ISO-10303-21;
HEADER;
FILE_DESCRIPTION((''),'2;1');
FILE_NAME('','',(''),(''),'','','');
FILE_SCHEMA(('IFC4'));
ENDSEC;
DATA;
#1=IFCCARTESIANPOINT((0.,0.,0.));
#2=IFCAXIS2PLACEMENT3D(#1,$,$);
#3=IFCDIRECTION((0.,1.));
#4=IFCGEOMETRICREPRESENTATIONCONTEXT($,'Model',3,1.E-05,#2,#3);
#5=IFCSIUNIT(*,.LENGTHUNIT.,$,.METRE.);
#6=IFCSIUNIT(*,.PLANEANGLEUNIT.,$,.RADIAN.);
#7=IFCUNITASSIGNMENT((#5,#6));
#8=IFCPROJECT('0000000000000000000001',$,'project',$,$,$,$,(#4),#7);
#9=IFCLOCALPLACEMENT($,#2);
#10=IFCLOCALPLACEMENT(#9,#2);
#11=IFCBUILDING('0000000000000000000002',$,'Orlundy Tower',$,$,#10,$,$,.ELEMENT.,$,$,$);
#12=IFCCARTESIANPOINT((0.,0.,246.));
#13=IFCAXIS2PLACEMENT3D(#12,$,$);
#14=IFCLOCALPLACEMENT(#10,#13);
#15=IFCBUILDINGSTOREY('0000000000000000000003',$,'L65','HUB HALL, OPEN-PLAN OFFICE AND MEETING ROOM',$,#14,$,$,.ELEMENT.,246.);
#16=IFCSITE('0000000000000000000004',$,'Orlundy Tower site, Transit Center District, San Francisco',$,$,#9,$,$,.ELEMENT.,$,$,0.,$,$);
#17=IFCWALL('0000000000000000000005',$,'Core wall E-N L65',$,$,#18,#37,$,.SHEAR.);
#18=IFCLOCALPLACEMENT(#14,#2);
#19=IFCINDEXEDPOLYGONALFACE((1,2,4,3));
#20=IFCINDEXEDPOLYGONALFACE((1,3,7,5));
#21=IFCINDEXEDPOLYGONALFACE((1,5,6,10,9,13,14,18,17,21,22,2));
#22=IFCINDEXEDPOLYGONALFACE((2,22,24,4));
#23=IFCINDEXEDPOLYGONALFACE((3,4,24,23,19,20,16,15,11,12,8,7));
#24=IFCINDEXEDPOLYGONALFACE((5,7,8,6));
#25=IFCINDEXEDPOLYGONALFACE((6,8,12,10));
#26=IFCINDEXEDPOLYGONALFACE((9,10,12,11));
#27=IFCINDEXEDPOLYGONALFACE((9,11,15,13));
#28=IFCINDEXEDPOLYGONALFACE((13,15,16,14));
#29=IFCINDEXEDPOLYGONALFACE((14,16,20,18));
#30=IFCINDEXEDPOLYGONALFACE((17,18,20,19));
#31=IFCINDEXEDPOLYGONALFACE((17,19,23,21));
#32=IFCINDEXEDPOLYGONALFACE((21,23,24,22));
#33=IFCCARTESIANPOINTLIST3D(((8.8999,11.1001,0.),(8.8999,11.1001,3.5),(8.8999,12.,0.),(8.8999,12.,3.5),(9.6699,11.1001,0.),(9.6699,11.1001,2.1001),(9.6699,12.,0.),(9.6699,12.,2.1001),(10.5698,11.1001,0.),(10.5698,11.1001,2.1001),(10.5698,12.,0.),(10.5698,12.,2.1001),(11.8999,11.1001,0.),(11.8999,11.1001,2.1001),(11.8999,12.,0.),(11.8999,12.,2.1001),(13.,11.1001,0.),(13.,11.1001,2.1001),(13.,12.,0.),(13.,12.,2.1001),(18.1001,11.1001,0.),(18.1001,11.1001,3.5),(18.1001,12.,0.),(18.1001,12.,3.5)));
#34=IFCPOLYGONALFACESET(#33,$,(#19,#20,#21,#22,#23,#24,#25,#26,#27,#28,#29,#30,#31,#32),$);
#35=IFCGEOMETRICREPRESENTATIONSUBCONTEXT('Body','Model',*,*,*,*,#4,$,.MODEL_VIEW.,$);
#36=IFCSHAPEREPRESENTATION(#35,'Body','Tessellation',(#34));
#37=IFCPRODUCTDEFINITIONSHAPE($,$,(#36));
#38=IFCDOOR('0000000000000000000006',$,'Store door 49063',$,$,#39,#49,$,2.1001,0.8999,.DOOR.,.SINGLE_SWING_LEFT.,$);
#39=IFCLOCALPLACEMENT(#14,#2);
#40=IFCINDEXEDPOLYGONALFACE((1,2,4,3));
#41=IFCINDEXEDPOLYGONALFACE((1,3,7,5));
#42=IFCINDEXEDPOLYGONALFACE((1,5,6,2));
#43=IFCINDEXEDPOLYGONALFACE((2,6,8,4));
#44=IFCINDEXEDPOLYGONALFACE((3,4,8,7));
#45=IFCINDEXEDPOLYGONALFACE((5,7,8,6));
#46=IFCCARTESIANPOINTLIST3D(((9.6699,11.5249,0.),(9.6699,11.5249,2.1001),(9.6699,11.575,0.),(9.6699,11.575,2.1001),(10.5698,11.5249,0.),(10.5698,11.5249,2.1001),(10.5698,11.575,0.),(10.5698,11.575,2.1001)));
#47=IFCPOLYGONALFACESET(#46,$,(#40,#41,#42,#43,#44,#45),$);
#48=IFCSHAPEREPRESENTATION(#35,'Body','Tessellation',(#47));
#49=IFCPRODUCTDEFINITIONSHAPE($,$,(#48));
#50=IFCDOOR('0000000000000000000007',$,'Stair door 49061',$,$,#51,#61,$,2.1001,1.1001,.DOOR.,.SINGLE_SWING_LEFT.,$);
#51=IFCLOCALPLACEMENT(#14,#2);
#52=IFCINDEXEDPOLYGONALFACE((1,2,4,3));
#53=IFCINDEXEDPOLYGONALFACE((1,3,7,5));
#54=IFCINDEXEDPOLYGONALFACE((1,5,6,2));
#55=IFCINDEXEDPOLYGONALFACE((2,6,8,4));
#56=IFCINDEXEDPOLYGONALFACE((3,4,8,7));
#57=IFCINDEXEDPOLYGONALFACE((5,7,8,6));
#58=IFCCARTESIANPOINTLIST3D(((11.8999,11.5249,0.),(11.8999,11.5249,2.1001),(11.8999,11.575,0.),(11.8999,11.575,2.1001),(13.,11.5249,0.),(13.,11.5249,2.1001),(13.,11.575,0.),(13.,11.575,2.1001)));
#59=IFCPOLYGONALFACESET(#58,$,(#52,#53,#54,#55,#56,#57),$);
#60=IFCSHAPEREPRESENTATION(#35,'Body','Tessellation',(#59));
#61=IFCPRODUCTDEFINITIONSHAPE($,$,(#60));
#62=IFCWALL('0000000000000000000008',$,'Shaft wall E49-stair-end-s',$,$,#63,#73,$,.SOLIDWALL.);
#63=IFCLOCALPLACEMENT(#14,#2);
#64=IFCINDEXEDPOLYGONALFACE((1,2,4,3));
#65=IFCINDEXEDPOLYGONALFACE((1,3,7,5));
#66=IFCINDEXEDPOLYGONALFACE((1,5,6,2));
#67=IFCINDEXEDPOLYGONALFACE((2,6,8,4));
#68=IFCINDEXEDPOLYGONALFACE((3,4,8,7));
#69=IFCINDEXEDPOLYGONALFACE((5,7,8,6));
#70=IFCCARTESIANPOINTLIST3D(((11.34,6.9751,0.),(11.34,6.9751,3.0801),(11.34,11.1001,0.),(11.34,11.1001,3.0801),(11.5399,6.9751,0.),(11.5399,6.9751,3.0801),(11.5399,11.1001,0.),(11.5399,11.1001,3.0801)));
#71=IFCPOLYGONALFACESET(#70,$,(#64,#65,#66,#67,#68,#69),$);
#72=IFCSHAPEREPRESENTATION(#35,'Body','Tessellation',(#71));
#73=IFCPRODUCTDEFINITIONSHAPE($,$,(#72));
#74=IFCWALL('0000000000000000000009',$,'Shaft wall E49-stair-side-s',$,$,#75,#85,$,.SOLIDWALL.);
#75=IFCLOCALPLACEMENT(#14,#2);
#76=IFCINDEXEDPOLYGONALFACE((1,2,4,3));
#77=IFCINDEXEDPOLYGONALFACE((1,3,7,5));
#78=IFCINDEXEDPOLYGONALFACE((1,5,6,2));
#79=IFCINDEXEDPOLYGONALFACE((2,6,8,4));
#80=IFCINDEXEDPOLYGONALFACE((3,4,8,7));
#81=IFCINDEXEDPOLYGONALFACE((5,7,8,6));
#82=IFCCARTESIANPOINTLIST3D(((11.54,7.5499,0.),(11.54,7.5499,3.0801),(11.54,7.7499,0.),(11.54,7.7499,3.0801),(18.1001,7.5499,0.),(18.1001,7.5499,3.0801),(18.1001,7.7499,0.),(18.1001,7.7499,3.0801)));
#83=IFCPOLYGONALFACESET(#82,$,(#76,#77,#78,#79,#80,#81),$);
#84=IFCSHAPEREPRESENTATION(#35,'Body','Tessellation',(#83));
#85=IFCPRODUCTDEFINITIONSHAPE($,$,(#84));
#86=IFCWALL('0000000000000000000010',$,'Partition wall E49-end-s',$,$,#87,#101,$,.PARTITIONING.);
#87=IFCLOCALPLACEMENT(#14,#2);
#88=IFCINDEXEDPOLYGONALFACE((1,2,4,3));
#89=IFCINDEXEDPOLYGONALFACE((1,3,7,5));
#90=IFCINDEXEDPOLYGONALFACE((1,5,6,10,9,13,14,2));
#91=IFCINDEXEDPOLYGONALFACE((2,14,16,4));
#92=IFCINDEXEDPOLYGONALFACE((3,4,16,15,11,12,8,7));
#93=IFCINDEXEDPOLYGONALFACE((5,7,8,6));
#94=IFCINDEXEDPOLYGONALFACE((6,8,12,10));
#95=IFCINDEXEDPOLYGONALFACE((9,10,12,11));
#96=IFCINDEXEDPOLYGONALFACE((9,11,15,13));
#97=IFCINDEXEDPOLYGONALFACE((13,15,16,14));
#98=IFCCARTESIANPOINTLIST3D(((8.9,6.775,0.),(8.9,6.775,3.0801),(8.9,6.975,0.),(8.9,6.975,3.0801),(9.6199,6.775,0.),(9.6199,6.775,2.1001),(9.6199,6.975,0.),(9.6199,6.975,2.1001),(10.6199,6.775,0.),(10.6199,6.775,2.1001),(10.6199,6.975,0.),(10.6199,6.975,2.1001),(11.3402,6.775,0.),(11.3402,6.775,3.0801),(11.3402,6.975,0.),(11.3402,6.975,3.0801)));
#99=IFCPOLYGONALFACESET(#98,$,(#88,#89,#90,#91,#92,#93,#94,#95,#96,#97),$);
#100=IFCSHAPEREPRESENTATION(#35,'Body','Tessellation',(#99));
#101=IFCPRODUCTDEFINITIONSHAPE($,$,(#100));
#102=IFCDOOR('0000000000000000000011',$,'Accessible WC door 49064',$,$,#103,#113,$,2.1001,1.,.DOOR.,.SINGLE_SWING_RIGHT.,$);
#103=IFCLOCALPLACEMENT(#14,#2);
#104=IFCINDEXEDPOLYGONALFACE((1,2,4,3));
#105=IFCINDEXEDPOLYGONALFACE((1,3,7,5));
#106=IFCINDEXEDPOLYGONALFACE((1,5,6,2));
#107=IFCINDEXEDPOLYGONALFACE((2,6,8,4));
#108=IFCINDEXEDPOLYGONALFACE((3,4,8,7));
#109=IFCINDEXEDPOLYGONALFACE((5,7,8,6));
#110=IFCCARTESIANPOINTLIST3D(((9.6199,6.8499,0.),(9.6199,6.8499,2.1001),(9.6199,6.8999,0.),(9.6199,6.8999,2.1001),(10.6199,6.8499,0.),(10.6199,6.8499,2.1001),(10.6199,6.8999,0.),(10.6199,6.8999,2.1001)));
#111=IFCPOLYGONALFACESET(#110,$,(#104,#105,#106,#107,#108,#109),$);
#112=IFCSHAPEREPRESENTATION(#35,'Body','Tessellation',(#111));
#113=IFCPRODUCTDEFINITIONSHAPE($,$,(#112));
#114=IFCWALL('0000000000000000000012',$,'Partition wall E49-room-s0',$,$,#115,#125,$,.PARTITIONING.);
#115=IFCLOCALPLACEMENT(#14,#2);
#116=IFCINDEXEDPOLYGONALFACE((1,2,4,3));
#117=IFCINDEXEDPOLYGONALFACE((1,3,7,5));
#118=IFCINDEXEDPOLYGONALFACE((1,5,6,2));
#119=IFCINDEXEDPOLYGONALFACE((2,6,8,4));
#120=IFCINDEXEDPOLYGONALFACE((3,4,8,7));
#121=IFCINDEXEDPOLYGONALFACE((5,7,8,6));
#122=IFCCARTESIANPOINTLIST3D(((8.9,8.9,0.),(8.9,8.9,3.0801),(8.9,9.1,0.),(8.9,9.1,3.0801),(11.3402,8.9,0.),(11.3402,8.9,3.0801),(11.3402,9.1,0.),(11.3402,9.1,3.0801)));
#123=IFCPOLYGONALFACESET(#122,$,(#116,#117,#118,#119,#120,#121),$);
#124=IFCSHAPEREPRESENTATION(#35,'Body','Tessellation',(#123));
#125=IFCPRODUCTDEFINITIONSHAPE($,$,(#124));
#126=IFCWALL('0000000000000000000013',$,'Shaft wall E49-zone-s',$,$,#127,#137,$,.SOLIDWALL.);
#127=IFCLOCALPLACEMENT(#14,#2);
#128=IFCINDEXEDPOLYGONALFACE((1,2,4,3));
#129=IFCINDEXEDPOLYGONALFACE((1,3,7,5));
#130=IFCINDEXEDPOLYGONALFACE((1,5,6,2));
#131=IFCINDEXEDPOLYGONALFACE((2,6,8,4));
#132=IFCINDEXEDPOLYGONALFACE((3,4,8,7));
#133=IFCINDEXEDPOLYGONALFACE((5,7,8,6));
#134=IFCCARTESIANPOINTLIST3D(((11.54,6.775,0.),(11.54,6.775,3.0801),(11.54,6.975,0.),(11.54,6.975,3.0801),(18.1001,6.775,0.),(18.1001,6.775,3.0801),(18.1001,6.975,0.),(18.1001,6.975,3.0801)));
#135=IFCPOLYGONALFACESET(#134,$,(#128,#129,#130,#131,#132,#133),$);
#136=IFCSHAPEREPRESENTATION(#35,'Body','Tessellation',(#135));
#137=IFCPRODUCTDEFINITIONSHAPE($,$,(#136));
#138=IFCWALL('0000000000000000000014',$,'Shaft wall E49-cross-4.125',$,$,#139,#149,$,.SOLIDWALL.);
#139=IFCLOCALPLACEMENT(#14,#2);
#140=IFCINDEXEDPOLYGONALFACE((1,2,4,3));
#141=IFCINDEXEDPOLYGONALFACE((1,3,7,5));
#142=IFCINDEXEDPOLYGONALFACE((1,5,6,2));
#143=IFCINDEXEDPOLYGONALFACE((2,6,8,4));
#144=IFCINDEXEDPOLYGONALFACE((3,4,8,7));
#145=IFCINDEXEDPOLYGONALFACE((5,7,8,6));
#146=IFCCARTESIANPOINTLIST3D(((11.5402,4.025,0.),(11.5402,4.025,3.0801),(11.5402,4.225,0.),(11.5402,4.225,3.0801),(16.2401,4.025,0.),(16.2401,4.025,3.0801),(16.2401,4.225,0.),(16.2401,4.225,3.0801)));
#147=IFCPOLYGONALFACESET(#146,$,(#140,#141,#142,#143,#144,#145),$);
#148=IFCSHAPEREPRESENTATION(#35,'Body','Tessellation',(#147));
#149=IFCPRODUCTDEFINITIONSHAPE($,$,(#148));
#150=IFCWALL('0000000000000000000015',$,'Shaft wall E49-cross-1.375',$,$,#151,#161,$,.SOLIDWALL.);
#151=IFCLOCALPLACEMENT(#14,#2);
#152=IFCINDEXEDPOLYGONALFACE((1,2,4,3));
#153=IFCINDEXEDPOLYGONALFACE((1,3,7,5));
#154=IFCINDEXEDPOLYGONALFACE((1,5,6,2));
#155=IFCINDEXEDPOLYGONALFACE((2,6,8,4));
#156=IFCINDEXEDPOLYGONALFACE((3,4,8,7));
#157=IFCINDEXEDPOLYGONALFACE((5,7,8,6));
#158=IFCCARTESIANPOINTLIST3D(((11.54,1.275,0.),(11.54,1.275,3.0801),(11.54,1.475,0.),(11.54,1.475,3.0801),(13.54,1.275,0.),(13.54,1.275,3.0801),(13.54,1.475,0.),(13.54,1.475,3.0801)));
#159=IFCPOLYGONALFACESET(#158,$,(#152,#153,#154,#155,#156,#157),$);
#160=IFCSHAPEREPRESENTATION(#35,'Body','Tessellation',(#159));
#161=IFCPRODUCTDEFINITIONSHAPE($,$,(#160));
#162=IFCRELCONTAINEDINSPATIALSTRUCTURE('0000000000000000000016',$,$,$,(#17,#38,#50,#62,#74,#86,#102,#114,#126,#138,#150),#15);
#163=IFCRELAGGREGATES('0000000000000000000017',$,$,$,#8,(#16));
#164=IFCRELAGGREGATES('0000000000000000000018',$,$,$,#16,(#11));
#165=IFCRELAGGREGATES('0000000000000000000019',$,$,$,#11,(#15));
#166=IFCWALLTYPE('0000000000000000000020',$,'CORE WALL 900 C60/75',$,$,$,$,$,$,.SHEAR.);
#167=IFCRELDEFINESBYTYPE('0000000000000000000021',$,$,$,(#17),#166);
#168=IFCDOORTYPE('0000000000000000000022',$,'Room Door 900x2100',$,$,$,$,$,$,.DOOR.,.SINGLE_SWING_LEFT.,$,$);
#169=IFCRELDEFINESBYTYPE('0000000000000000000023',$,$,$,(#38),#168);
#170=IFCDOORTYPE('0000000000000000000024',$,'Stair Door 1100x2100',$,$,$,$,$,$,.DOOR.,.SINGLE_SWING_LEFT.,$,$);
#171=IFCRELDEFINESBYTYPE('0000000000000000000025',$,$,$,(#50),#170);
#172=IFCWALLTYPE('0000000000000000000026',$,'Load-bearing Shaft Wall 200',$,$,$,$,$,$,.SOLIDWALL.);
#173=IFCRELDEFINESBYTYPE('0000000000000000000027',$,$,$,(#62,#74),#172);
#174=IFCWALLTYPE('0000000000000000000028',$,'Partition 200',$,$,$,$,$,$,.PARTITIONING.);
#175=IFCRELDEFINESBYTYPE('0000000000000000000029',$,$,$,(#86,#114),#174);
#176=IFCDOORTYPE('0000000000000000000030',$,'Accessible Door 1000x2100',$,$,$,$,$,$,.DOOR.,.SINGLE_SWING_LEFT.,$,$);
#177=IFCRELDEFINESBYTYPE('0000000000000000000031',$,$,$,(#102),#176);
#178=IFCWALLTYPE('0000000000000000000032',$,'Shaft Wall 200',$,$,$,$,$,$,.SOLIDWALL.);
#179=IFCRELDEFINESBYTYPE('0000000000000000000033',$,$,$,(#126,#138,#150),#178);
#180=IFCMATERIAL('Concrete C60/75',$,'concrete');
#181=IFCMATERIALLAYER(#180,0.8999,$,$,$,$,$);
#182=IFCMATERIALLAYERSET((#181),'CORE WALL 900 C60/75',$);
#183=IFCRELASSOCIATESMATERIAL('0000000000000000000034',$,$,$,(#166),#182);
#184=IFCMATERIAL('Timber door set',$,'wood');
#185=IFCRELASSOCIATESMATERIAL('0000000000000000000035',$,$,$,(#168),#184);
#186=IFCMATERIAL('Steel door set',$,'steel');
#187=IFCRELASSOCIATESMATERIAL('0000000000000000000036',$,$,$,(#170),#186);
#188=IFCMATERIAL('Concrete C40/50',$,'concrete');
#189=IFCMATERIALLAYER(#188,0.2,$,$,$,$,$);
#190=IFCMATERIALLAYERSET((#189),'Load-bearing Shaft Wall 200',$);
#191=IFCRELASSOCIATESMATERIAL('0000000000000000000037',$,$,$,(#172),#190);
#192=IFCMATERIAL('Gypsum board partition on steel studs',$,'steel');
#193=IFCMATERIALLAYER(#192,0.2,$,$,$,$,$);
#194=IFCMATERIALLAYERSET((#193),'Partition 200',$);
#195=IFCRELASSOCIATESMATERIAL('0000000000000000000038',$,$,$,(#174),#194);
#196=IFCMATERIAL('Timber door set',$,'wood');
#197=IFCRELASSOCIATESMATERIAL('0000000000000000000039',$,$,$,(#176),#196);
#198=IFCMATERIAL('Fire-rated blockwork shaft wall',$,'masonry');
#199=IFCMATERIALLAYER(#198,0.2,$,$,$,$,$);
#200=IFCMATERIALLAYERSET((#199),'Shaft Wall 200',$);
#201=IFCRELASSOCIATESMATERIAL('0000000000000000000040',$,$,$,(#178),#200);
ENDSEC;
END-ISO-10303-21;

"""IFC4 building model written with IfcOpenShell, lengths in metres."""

from ifc_helpers import new_model, si_unit, direction, frame, frame_2d, origin, place, context, subcontext, project, spatial, rectangle, extrude, material, layer, layer_set, type_object, element, fill, save


model = new_model("IFC4")

# Units and contexts
model_context = context("Model", 3, precision=1e-05, world=origin(), true_north=direction((0.0, 1.0)))
body_context = subcontext(model_context, "Body", "Model", "MODEL_VIEW")
ifc_project = project(units=[si_unit("LENGTHUNIT", "METRE"), si_unit("PLANEANGLEUNIT", "RADIAN")], contexts=[model_context])

# Site, building, storey
site_placement = place(None, origin())
site = spatial("IfcSite", under=ifc_project, at=site_placement, Name="Orlundy Tower site, Transit Center District, San Francisco", CompositionType="ELEMENT", RefElevation=0.0)
building_placement = place(site_placement, origin())
building = spatial("IfcBuilding", under=site, at=building_placement, Name="Orlundy Tower", CompositionType="ELEMENT")
storey_placement = place(building_placement, frame((0.0, 0.0, 246.0)))
storey = spatial("IfcBuildingStorey", under=building, at=storey_placement, Name="L65", Description="HUB HALL, OPEN-PLAN OFFICE AND MEETING ROOM", CompositionType="ELEMENT", Elevation=246.0)

# Wall, openings, doors
ifc_material_1 = material(Name="Concrete C60/75", Category="concrete")
ifc_layer_1 = layer(ifc_material_1, 0.8999)
ifc_layer_set_1 = layer_set([ifc_layer_1], Name="CORE WALL 900 C60/75")
wall_type_1 = type_object("IfcWallType", Name="CORE WALL 900 C60/75", PredefinedType="SHEAR", material=ifc_layer_set_1)
wall_1_placement = place(storey_placement, frame((8.8999, 11.55, 0.0), z_axis=(0.0, 0.0, 1.0), x_axis=(1.0, 0.0, 0.0)))
wall_1 = element("IfcWall", 1, at=wall_1_placement, inside=storey, type_object=wall_type_1, Name="Core wall E-N L65", PredefinedType="SHEAR", context=body_context, shape_type="SweptSolid", body=[
    extrude(rectangle(XDim=9.2002, YDim=0.8999, at=frame_2d((4.6001, 0.0))), origin(), (0.0, 0.0, 1.0), 3.5),
])
opening_1_placement = place(wall_1_placement, frame((3.0, 0.0, 0.0)))
opening_1 = element("IfcOpeningElement", 2, at=opening_1_placement, cuts=wall_1, PredefinedType="OPENING", context=body_context, shape_type="SweptSolid", body=[
    extrude(rectangle(XDim=1.1001, YDim=2.1001, at=frame_2d((0.55, 1.05))), frame((0.0, 0.46, 0.0), z_axis=(0.0, -1.0, 0.0), x_axis=(1.0, 0.0, 0.0)), (0.0, 0.0, 1.0), 0.9199),
])
opening_2_placement = place(wall_1_placement, frame((0.77, 0.0, 0.0)))
opening_2 = element("IfcOpeningElement", 3, at=opening_2_placement, cuts=wall_1, PredefinedType="OPENING", context=body_context, shape_type="SweptSolid", body=[
    extrude(rectangle(XDim=0.8999, YDim=2.1001, at=frame_2d((0.45, 1.05))), frame((0.0, 0.46, 0.0), z_axis=(0.0, -1.0, 0.0), x_axis=(1.0, 0.0, 0.0)), (0.0, 0.0, 1.0), 0.9199),
])
ifc_material_2 = material(Name="Timber door set", Category="wood")
door_type_1 = type_object("IfcDoorType", Name="Room Door 900x2100", OperationType="SINGLE_SWING_LEFT", PredefinedType="DOOR", material=ifc_material_2)
door_1_placement = place(opening_2_placement, origin())
door_1 = element("IfcDoor", 4, at=door_1_placement, inside=storey, type_object=door_type_1, Name="Store door 49063", OperationType="SINGLE_SWING_LEFT", OverallHeight=2.1001, OverallWidth=0.8999, PredefinedType="DOOR", context=body_context, shape_type="SweptSolid", body=[
    extrude(rectangle(XDim=0.8999, YDim=2.1001, at=frame_2d((0.45, 1.05))), frame((0.0, 0.0249, 0.0), z_axis=(0.0, -1.0, 0.0), x_axis=(1.0, 0.0, 0.0)), (0.0, 0.0, 1.0), 0.05),
])
fill(opening_2, door_1)
ifc_material_3 = material(Name="Steel door set", Category="steel")
door_type_2 = type_object("IfcDoorType", Name="Stair Door 1100x2100", OperationType="SINGLE_SWING_LEFT", PredefinedType="DOOR", material=ifc_material_3)
door_2_placement = place(opening_1_placement, origin())
door_2 = element("IfcDoor", 5, at=door_2_placement, inside=storey, type_object=door_type_2, Name="Stair door 49061", OperationType="SINGLE_SWING_LEFT", OverallHeight=2.1001, OverallWidth=1.1001, PredefinedType="DOOR", context=body_context, shape_type="SweptSolid", body=[
    extrude(rectangle(XDim=1.1001, YDim=2.1001, at=frame_2d((0.55, 1.05))), frame((0.0, 0.0249, 0.0), z_axis=(0.0, -1.0, 0.0), x_axis=(1.0, 0.0, 0.0)), (0.0, 0.0, 1.0), 0.05),
])
fill(opening_1, door_2)

# Walls
ifc_material_4 = material(Name="Concrete C40/50", Category="concrete")
ifc_layer_2 = layer(ifc_material_4, 0.2)
ifc_layer_set_2 = layer_set([ifc_layer_2], Name="Load-bearing Shaft Wall 200")
wall_type_2 = type_object("IfcWallType", Name="Load-bearing Shaft Wall 200", PredefinedType="SOLIDWALL", material=ifc_layer_set_2)
wall_2_placement = place(storey_placement, frame((11.4399, 11.1001, 0.0), z_axis=(0.0, 0.0, 1.0), x_axis=(0.0, -1.0, 0.0)))
element("IfcWall", 6, at=wall_2_placement, inside=storey, type_object=wall_type_2, Name="Shaft wall E49-stair-end-s", PredefinedType="SOLIDWALL", context=body_context, shape_type="SweptSolid", body=[
    extrude(rectangle(XDim=4.125, YDim=0.2, at=frame_2d((2.0625, 0.0))), origin(), (0.0, 0.0, 1.0), 3.0801),
])
wall_3_placement = place(storey_placement, frame((11.54, 7.6499, 0.0), z_axis=(0.0, 0.0, 1.0), x_axis=(1.0, 0.0, 0.0)))
element("IfcWall", 7, at=wall_3_placement, inside=storey, type_object=wall_type_2, Name="Shaft wall E49-stair-side-s", PredefinedType="SOLIDWALL", context=body_context, shape_type="SweptSolid", body=[
    extrude(rectangle(XDim=6.5601, YDim=0.2, at=frame_2d((3.28, 0.0))), origin(), (0.0, 0.0, 1.0), 3.0801),
])

# Wall, opening, door
ifc_material_5 = material(Name="Gypsum board partition on steel studs", Category="steel")
ifc_layer_3 = layer(ifc_material_5, 0.2)
ifc_layer_set_3 = layer_set([ifc_layer_3], Name="Partition 200")
wall_type_3 = type_object("IfcWallType", Name="Partition 200", PredefinedType="PARTITIONING", material=ifc_layer_set_3)
wall_4_placement = place(storey_placement, frame((8.8999, 6.875, 0.0), z_axis=(0.0, 0.0, 1.0), x_axis=(1.0, 0.0, 0.0)))
wall_4 = element("IfcWall", 8, at=wall_4_placement, inside=storey, type_object=wall_type_3, Name="Partition wall E49-end-s", PredefinedType="PARTITIONING", context=body_context, shape_type="SweptSolid", body=[
    extrude(rectangle(XDim=2.4402, YDim=0.2, at=frame_2d((1.2202, 0.0))), origin(), (0.0, 0.0, 1.0), 3.0801),
])
opening_3_placement = place(wall_4_placement, frame((0.72, 0.0, 0.0)))
opening_3 = element("IfcOpeningElement", 9, at=opening_3_placement, cuts=wall_4, PredefinedType="OPENING", context=body_context, shape_type="SweptSolid", body=[
    extrude(rectangle(XDim=1.0, YDim=2.1001, at=frame_2d((0.5, 1.05))), frame((0.0, 0.1101, 0.0), z_axis=(0.0, -1.0, 0.0), x_axis=(1.0, 0.0, 0.0)), (0.0, 0.0, 1.0), 0.2202),
])
ifc_material_6 = material(Name="Timber door set", Category="wood")
door_type_3 = type_object("IfcDoorType", Name="Accessible Door 1000x2100", OperationType="SINGLE_SWING_LEFT", PredefinedType="DOOR", material=ifc_material_6)
door_3_placement = place(opening_3_placement, origin())
door_3 = element("IfcDoor", 10, at=door_3_placement, inside=storey, type_object=door_type_3, Name="Accessible WC door 49064", OperationType="SINGLE_SWING_RIGHT", OverallHeight=2.1001, OverallWidth=1.0, PredefinedType="DOOR", context=body_context, shape_type="SweptSolid", body=[
    extrude(rectangle(XDim=1.0, YDim=2.1001, at=frame_2d((0.5, 1.05))), frame((0.0, 0.0249, 0.0), z_axis=(0.0, -1.0, 0.0), x_axis=(1.0, 0.0, 0.0)), (0.0, 0.0, 1.0), 0.05),
])
fill(opening_3, door_3)

# Walls
wall_5_placement = place(storey_placement, frame((8.8999, 9.0, 0.0), z_axis=(0.0, 0.0, 1.0), x_axis=(1.0, 0.0, 0.0)))
element("IfcWall", 11, at=wall_5_placement, inside=storey, type_object=wall_type_3, Name="Partition wall E49-room-s0", PredefinedType="PARTITIONING", context=body_context, shape_type="SweptSolid", body=[
    extrude(rectangle(XDim=2.4402, YDim=0.2, at=frame_2d((1.2202, 0.0))), origin(), (0.0, 0.0, 1.0), 3.0801),
])
ifc_material_7 = material(Name="Fire-rated blockwork shaft wall", Category="masonry")
ifc_layer_4 = layer(ifc_material_7, 0.2)
ifc_layer_set_4 = layer_set([ifc_layer_4], Name="Shaft Wall 200")
wall_type_4 = type_object("IfcWallType", Name="Shaft Wall 200", PredefinedType="SOLIDWALL", material=ifc_layer_set_4)
wall_6_placement = place(storey_placement, frame((11.54, 6.875, 0.0), z_axis=(0.0, 0.0, 1.0), x_axis=(1.0, 0.0, 0.0)))
element("IfcWall", 12, at=wall_6_placement, inside=storey, type_object=wall_type_4, Name="Shaft wall E49-zone-s", PredefinedType="SOLIDWALL", context=body_context, shape_type="SweptSolid", body=[
    extrude(rectangle(XDim=6.5601, YDim=0.2, at=frame_2d((3.28, 0.0))), origin(), (0.0, 0.0, 1.0), 3.0801),
])
wall_7_placement = place(storey_placement, frame((11.54, 4.125, 0.0), z_axis=(0.0, 0.0, 1.0), x_axis=(1.0, 0.0, 0.0)))
element("IfcWall", 13, at=wall_7_placement, inside=storey, type_object=wall_type_4, Name="Shaft wall E49-cross-4.125", PredefinedType="SOLIDWALL", context=body_context, shape_type="SweptSolid", body=[
    extrude(rectangle(XDim=4.7, YDim=0.2, at=frame_2d((2.3501, 0.0))), origin(), (0.0, 0.0, 1.0), 3.0801),
])
wall_8_placement = place(storey_placement, frame((11.54, 1.375, 0.0), z_axis=(0.0, 0.0, 1.0), x_axis=(1.0, 0.0, 0.0)))
element("IfcWall", 14, at=wall_8_placement, inside=storey, type_object=wall_type_4, Name="Shaft wall E49-cross-1.375", PredefinedType="SOLIDWALL", context=body_context, shape_type="SweptSolid", body=[
    extrude(rectangle(XDim=2.0, YDim=0.2, at=frame_2d((1.0, 0.0))), origin(), (0.0, 0.0, 1.0), 3.0801),
])

save(model, "model.ifc")
